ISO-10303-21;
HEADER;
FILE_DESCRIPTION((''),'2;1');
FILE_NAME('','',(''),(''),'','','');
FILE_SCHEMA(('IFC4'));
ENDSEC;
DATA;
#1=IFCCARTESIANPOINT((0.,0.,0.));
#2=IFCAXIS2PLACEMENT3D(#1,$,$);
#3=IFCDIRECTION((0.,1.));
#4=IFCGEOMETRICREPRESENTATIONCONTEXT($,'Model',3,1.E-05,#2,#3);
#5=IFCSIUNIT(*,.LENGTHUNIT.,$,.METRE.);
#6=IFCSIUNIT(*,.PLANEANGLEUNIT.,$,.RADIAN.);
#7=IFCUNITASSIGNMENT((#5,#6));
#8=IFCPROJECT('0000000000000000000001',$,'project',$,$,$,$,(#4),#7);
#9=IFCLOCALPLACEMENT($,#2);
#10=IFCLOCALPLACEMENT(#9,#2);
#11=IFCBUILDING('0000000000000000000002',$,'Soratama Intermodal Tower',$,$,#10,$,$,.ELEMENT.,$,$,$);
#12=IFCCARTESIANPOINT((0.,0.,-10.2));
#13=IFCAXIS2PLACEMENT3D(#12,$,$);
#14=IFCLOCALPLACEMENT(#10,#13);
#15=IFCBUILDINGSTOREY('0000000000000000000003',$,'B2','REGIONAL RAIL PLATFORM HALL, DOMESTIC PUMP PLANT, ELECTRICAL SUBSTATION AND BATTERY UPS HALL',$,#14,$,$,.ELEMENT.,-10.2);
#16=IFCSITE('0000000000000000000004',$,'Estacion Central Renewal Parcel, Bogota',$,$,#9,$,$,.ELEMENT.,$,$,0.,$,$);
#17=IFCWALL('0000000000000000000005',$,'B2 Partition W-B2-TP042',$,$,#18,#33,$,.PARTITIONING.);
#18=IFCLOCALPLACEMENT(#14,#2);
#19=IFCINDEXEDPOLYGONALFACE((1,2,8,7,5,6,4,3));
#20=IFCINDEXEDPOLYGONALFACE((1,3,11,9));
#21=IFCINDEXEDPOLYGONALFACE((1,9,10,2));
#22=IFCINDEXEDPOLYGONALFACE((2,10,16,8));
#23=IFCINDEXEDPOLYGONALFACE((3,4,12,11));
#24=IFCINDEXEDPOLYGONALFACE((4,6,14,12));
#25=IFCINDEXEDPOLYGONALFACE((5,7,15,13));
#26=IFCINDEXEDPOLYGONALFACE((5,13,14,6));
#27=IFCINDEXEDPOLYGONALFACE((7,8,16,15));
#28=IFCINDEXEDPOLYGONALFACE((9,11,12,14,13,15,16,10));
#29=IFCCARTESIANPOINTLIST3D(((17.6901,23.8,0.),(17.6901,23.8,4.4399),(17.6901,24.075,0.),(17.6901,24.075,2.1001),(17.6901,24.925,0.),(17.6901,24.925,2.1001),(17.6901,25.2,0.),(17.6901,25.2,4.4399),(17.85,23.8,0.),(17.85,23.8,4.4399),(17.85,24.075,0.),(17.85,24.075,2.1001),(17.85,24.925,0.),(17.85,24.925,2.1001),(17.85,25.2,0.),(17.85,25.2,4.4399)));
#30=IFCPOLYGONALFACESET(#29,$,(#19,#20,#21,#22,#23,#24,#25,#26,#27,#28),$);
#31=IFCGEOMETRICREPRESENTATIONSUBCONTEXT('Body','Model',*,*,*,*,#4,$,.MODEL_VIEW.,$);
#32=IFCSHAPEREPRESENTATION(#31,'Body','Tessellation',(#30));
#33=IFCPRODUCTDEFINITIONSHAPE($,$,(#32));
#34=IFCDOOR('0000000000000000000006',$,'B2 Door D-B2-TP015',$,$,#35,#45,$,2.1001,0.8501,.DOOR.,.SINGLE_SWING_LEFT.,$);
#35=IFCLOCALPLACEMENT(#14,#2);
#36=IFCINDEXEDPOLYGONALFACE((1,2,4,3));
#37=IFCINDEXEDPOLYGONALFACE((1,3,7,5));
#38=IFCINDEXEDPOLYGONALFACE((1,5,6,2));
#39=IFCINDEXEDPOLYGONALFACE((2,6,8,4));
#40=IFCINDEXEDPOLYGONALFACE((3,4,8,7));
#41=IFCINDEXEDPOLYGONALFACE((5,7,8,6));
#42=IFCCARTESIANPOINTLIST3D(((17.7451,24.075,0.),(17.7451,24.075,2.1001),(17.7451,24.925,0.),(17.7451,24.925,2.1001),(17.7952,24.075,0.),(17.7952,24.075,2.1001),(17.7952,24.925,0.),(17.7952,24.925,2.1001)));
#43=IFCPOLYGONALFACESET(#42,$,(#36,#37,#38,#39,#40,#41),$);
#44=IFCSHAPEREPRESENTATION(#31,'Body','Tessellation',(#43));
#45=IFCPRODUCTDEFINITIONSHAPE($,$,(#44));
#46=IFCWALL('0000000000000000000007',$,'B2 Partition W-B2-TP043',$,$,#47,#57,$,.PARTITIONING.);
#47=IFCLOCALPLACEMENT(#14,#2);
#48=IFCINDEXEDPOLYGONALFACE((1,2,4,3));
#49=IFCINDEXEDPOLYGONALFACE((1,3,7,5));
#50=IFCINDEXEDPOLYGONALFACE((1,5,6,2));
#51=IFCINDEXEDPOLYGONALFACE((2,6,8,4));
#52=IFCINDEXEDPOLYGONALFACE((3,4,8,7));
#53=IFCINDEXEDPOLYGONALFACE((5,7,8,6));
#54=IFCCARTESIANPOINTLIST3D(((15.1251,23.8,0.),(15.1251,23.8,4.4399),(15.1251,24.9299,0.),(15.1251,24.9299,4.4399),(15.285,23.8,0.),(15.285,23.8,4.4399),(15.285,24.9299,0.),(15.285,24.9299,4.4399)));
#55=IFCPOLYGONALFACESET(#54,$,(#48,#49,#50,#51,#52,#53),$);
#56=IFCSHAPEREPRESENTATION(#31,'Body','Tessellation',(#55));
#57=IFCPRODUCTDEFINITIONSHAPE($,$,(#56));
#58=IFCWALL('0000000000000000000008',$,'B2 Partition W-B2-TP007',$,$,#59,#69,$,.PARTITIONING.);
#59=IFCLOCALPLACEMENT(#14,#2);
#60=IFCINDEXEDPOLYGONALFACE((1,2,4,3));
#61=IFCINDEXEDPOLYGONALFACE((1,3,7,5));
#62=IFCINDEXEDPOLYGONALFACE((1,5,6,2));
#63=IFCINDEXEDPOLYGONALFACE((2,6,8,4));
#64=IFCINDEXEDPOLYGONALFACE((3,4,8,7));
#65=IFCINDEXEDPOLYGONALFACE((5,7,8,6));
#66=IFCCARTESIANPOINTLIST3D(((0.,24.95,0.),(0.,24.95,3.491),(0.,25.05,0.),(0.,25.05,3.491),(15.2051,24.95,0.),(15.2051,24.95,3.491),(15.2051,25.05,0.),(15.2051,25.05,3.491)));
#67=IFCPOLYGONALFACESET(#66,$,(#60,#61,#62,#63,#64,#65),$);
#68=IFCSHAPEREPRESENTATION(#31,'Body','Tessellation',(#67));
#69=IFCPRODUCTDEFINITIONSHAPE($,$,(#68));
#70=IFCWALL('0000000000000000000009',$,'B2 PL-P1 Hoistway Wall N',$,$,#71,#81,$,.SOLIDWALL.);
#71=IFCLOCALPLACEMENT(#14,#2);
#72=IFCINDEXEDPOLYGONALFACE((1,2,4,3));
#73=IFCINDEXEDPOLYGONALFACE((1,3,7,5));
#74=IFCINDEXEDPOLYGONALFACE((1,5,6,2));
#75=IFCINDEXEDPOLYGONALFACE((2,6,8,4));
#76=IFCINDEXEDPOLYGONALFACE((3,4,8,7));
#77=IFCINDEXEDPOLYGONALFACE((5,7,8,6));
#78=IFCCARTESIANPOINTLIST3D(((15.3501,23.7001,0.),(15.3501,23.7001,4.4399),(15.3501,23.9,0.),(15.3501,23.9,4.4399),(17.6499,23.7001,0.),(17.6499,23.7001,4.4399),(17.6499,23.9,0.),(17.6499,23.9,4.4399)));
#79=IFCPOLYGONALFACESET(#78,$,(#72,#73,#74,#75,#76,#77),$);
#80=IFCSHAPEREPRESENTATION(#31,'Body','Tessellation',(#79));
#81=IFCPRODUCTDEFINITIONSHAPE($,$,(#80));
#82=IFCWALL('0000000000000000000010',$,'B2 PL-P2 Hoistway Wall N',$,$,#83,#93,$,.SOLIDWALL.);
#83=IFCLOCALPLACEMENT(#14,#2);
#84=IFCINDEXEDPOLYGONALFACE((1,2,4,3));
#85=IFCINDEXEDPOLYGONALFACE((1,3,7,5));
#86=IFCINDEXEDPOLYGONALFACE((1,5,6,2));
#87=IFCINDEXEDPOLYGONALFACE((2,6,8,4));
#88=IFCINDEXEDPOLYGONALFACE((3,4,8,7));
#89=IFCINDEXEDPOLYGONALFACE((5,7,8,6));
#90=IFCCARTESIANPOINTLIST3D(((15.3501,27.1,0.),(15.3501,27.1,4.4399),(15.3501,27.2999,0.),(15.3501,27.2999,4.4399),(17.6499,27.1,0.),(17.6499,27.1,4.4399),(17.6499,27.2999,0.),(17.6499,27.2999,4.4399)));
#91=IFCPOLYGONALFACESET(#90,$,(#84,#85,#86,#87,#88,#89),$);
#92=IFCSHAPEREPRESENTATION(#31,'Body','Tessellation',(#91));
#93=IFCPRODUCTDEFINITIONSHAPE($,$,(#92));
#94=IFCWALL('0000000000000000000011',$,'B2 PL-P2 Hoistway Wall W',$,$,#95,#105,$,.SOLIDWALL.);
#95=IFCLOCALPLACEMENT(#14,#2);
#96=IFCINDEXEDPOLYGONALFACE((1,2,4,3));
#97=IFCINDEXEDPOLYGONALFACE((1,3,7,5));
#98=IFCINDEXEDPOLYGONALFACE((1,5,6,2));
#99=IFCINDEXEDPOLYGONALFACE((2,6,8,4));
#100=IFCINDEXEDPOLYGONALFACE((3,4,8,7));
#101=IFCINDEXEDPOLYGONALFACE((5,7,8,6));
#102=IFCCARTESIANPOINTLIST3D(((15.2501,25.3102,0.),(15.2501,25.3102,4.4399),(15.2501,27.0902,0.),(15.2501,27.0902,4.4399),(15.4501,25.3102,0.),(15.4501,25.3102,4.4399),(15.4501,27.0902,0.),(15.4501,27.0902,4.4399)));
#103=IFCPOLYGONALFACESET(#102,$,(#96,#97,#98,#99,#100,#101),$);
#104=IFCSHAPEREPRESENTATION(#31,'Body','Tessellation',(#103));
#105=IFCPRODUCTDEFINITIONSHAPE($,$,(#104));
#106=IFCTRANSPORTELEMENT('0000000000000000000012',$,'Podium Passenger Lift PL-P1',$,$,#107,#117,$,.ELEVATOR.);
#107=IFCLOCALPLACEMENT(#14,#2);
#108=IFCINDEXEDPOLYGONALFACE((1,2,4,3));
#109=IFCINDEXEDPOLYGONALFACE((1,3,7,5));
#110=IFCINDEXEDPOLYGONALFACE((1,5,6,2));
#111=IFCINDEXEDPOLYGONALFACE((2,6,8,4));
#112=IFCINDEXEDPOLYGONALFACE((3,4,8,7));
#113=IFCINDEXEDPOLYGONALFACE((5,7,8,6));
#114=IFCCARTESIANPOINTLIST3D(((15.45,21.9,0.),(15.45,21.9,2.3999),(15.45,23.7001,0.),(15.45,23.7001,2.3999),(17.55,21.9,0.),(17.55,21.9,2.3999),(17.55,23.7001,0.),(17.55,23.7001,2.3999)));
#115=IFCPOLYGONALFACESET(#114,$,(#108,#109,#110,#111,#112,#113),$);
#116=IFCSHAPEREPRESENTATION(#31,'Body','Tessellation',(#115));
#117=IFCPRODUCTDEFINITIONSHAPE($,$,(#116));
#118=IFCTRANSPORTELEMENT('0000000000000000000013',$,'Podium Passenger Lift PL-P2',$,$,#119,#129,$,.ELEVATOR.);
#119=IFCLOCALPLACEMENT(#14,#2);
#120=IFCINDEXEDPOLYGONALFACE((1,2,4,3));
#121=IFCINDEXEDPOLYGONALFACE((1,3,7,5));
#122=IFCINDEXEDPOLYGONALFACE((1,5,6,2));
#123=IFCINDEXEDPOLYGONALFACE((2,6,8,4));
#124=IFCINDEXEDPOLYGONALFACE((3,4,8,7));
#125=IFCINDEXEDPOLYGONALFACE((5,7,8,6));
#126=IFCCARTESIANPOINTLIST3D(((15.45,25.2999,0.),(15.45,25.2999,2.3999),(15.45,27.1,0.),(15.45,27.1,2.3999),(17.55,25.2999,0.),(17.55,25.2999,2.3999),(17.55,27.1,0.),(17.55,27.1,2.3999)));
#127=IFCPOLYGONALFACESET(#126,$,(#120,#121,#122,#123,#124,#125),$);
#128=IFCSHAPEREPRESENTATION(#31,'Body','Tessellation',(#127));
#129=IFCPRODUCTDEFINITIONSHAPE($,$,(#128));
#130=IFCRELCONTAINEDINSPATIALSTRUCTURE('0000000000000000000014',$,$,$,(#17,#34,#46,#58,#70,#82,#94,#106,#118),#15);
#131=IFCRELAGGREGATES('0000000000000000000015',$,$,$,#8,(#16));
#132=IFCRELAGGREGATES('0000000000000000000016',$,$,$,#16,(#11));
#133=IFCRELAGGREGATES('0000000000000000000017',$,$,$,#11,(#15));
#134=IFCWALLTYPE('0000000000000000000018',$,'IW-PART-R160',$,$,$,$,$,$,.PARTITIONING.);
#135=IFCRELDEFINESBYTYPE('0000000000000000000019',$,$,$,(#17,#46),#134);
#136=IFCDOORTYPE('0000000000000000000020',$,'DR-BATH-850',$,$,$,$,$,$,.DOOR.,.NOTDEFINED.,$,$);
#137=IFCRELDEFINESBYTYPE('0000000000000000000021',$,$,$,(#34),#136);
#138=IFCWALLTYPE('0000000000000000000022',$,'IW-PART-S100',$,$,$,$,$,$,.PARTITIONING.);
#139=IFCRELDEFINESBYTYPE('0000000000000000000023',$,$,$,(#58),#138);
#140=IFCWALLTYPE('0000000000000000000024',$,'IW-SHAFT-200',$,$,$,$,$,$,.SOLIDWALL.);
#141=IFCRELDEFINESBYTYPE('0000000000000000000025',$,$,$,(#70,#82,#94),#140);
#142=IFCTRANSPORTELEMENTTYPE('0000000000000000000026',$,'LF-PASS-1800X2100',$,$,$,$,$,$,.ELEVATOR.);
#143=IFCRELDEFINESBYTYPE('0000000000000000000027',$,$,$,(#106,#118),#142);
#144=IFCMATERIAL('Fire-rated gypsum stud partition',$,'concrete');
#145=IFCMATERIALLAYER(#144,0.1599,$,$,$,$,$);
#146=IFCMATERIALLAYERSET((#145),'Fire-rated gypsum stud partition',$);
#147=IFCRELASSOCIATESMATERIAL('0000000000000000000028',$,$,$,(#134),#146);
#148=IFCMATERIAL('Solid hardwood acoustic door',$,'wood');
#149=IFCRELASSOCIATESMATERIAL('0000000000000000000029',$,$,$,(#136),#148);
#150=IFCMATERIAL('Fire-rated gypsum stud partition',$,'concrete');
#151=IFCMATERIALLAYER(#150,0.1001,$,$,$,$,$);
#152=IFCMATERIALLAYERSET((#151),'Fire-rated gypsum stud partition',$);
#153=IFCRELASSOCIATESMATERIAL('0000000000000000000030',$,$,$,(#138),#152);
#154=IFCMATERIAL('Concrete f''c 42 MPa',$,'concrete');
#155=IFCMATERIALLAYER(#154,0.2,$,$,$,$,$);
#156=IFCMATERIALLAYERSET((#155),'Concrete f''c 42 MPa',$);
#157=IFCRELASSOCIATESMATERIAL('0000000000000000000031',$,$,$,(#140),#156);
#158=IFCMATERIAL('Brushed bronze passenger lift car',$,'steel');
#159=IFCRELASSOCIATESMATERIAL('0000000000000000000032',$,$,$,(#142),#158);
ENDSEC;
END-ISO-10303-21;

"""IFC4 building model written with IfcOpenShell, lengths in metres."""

from ifc_helpers import new_model, si_unit, direction, frame, frame_2d, origin, origin_2d, place, context, subcontext, project, spatial, rectangle, extrude, material, layer, layer_set, type_object, element, fill, save


model = new_model("IFC4")

# Units and contexts
model_context = context("Model", 3, precision=1e-05, world=origin(), true_north=direction((0.0, 1.0)))
body_context = subcontext(model_context, "Body", "Model", "MODEL_VIEW")
ifc_project = project(units=[si_unit("LENGTHUNIT", "METRE"), si_unit("PLANEANGLEUNIT", "RADIAN")], contexts=[model_context])

# Site, building, storey
site_placement = place(None, origin())
site = spatial("IfcSite", under=ifc_project, at=site_placement, Name="Estacion Central Renewal Parcel, Bogota", CompositionType="ELEMENT", RefElevation=0.0)
building_placement = place(site_placement, origin())
building = spatial("IfcBuilding", under=site, at=building_placement, Name="Soratama Intermodal Tower", CompositionType="ELEMENT")
storey_placement = place(building_placement, frame((0.0, 0.0, -10.2)))
storey = spatial("IfcBuildingStorey", under=building, at=storey_placement, Name="B2", Description="REGIONAL RAIL PLATFORM HALL, DOMESTIC PUMP PLANT, ELECTRICAL SUBSTATION AND BATTERY UPS HALL", CompositionType="ELEMENT", Elevation=-10.2)

# Wall, opening, door
ifc_material_1 = material(Name="Fire-rated gypsum stud partition", Category="concrete")
ifc_layer_1 = layer(ifc_material_1, 0.1599)
ifc_layer_set_1 = layer_set([ifc_layer_1], Name="Fire-rated gypsum stud partition")
wall_type_1 = type_object("IfcWallType", Name="IW-PART-R160", PredefinedType="PARTITIONING", material=ifc_layer_set_1)
wall_1_placement = place(storey_placement, frame((17.77, 23.8, 0.0), z_axis=(0.0, 0.0, 1.0), x_axis=(0.0, 1.0, 0.0)))
wall_1 = element("IfcWall", 1, at=wall_1_placement, inside=storey, type_object=wall_type_1, Name="B2 Partition W-B2-TP042", PredefinedType="PARTITIONING", context=body_context, shape_type="SweptSolid", body=[
    extrude(rectangle(XDim=1.3999, YDim=0.1599, at=frame_2d((0.7, 0.0))), origin(), (0.0, 0.0, 1.0), 4.4399),
])
opening_1_placement = place(wall_1_placement, frame((0.2749, 0.0, 0.0)))
opening_1 = element("IfcOpeningElement", 2, at=opening_1_placement, cuts=wall_1, PredefinedType="OPENING", context=body_context, shape_type="SweptSolid", body=[
    extrude(rectangle(XDim=0.8501, YDim=2.1001, at=frame_2d((0.425, 1.05))), frame((0.0, 0.0898, 0.0), z_axis=(0.0, -1.0, 0.0), x_axis=(1.0, 0.0, 0.0)), (0.0, 0.0, 1.0), 0.1799),
])
ifc_material_2 = material(Name="Solid hardwood acoustic door", Category="wood")
door_type_1 = type_object("IfcDoorType", Name="DR-BATH-850", OperationType="NOTDEFINED", PredefinedType="DOOR", material=ifc_material_2)
door_1_placement = place(opening_1_placement, origin())
door_1 = element("IfcDoor", 3, at=door_1_placement, inside=storey, type_object=door_type_1, Name="B2 Door D-B2-TP015", OperationType="SINGLE_SWING_LEFT", OverallHeight=2.1001, OverallWidth=0.8501, PredefinedType="DOOR", context=body_context, shape_type="SweptSolid", body=[
    extrude(rectangle(XDim=0.8501, YDim=2.1001, at=frame_2d((0.425, 1.05))), frame((0.0, 0.0249, 0.0), z_axis=(0.0, -1.0, 0.0), x_axis=(1.0, 0.0, 0.0)), (0.0, 0.0, 1.0), 0.05),
])
fill(opening_1, door_1)

# Walls
wall_2_placement = place(storey_placement, frame((15.2051, 23.8, 0.0), z_axis=(0.0, 0.0, 1.0), x_axis=(0.0, 1.0, 0.0)))
element("IfcWall", 4, at=wall_2_placement, inside=storey, type_object=wall_type_1, Name="B2 Partition W-B2-TP043", PredefinedType="PARTITIONING", context=body_context, shape_type="SweptSolid", body=[
    extrude(rectangle(XDim=1.1299, YDim=0.1599, at=frame_2d((0.5649, 0.0))), origin(), (0.0, 0.0, 1.0), 4.4399),
])
ifc_material_3 = material(Name="Fire-rated gypsum stud partition", Category="concrete")
ifc_layer_2 = layer(ifc_material_3, 0.1001)
ifc_layer_set_2 = layer_set([ifc_layer_2], Name="Fire-rated gypsum stud partition")
wall_type_2 = type_object("IfcWallType", Name="IW-PART-S100", PredefinedType="PARTITIONING", material=ifc_layer_set_2)
wall_3_placement = place(storey_placement, frame((0.0, 25.0, 0.0), z_axis=(0.0, 0.0, 1.0), x_axis=(1.0, 0.0, 0.0)))
element("IfcWall", 5, at=wall_3_placement, inside=storey, type_object=wall_type_2, Name="B2 Partition W-B2-TP007", PredefinedType="PARTITIONING", context=body_context, shape_type="SweptSolid", body=[
    extrude(rectangle(XDim=15.2051, YDim=0.1001, at=frame_2d((7.6025, 0.0))), origin(), (0.0, 0.0, 1.0), 3.491),
])
ifc_material_4 = material(Name="Concrete f'c 42 MPa", Category="concrete")
ifc_layer_3 = layer(ifc_material_4, 0.2)
ifc_layer_set_3 = layer_set([ifc_layer_3], Name="Concrete f'c 42 MPa")
wall_type_3 = type_object("IfcWallType", Name="IW-SHAFT-200", PredefinedType="SOLIDWALL", material=ifc_layer_set_3)
for number, where, z_axis, x_axis, name in (
    (6, (15.3501, 23.8, 0.0), (0.0, 0.0, 1.0), (1.0, 0.0, 0.0), "B2 PL-P1 Hoistway Wall N"),
    (7, (15.3501, 27.2, 0.0), (0.0, 0.0, 1.0), (1.0, 0.0, 0.0), "B2 PL-P2 Hoistway Wall N"),
):
    element("IfcWall", number, at=place(storey_placement, frame(where, z_axis=z_axis, x_axis=x_axis)), inside=storey, type_object=wall_type_3, Name=name, PredefinedType="SOLIDWALL", context=body_context, shape_type="SweptSolid", body=[
        extrude(rectangle(XDim=2.2998, YDim=0.2, at=frame_2d((1.1499, 0.0))), origin(), (0.0, 0.0, 1.0), 4.4399),
    ])
wall_4_placement = place(storey_placement, frame((15.3501, 25.3101, 0.0), z_axis=(0.0, 0.0, 1.0), x_axis=(0.0, 1.0, 0.0)))
element("IfcWall", 8, at=wall_4_placement, inside=storey, type_object=wall_type_3, Name="B2 PL-P2 Hoistway Wall W", PredefinedType="SOLIDWALL", context=body_context, shape_type="SweptSolid", body=[
    extrude(rectangle(XDim=1.78, YDim=0.2, at=frame_2d((0.8901, 0.0))), origin(), (0.0, 0.0, 1.0), 4.4399),
])

# Transport elements
ifc_material_5 = material(Name="Brushed bronze passenger lift car", Category="steel")
transport_element_type = type_object("IfcTransportElementType", Name="LF-PASS-1800X2100", PredefinedType="ELEVATOR", material=ifc_material_5)
for number, where, z_axis, x_axis, name in (
    (9, (16.5, 22.8, 0.0), (0.0, 0.0, 1.0), (1.0, 0.0, 0.0), "Podium Passenger Lift PL-P1"),
    (10, (16.5, 26.2, 0.0), (0.0, 0.0, 1.0), (1.0, 0.0, 0.0), "Podium Passenger Lift PL-P2"),
):
    element("IfcTransportElement", number, at=place(storey_placement, frame(where, z_axis=z_axis, x_axis=x_axis)), inside=storey, type_object=transport_element_type, Name=name, PredefinedType="ELEVATOR", context=body_context, shape_type="SweptSolid", body=[
        extrude(rectangle(XDim=2.1001, YDim=1.8, at=origin_2d()), origin(), (0.0, 0.0, 1.0), 2.3999),
    ])

save(model, "model.ifc")
